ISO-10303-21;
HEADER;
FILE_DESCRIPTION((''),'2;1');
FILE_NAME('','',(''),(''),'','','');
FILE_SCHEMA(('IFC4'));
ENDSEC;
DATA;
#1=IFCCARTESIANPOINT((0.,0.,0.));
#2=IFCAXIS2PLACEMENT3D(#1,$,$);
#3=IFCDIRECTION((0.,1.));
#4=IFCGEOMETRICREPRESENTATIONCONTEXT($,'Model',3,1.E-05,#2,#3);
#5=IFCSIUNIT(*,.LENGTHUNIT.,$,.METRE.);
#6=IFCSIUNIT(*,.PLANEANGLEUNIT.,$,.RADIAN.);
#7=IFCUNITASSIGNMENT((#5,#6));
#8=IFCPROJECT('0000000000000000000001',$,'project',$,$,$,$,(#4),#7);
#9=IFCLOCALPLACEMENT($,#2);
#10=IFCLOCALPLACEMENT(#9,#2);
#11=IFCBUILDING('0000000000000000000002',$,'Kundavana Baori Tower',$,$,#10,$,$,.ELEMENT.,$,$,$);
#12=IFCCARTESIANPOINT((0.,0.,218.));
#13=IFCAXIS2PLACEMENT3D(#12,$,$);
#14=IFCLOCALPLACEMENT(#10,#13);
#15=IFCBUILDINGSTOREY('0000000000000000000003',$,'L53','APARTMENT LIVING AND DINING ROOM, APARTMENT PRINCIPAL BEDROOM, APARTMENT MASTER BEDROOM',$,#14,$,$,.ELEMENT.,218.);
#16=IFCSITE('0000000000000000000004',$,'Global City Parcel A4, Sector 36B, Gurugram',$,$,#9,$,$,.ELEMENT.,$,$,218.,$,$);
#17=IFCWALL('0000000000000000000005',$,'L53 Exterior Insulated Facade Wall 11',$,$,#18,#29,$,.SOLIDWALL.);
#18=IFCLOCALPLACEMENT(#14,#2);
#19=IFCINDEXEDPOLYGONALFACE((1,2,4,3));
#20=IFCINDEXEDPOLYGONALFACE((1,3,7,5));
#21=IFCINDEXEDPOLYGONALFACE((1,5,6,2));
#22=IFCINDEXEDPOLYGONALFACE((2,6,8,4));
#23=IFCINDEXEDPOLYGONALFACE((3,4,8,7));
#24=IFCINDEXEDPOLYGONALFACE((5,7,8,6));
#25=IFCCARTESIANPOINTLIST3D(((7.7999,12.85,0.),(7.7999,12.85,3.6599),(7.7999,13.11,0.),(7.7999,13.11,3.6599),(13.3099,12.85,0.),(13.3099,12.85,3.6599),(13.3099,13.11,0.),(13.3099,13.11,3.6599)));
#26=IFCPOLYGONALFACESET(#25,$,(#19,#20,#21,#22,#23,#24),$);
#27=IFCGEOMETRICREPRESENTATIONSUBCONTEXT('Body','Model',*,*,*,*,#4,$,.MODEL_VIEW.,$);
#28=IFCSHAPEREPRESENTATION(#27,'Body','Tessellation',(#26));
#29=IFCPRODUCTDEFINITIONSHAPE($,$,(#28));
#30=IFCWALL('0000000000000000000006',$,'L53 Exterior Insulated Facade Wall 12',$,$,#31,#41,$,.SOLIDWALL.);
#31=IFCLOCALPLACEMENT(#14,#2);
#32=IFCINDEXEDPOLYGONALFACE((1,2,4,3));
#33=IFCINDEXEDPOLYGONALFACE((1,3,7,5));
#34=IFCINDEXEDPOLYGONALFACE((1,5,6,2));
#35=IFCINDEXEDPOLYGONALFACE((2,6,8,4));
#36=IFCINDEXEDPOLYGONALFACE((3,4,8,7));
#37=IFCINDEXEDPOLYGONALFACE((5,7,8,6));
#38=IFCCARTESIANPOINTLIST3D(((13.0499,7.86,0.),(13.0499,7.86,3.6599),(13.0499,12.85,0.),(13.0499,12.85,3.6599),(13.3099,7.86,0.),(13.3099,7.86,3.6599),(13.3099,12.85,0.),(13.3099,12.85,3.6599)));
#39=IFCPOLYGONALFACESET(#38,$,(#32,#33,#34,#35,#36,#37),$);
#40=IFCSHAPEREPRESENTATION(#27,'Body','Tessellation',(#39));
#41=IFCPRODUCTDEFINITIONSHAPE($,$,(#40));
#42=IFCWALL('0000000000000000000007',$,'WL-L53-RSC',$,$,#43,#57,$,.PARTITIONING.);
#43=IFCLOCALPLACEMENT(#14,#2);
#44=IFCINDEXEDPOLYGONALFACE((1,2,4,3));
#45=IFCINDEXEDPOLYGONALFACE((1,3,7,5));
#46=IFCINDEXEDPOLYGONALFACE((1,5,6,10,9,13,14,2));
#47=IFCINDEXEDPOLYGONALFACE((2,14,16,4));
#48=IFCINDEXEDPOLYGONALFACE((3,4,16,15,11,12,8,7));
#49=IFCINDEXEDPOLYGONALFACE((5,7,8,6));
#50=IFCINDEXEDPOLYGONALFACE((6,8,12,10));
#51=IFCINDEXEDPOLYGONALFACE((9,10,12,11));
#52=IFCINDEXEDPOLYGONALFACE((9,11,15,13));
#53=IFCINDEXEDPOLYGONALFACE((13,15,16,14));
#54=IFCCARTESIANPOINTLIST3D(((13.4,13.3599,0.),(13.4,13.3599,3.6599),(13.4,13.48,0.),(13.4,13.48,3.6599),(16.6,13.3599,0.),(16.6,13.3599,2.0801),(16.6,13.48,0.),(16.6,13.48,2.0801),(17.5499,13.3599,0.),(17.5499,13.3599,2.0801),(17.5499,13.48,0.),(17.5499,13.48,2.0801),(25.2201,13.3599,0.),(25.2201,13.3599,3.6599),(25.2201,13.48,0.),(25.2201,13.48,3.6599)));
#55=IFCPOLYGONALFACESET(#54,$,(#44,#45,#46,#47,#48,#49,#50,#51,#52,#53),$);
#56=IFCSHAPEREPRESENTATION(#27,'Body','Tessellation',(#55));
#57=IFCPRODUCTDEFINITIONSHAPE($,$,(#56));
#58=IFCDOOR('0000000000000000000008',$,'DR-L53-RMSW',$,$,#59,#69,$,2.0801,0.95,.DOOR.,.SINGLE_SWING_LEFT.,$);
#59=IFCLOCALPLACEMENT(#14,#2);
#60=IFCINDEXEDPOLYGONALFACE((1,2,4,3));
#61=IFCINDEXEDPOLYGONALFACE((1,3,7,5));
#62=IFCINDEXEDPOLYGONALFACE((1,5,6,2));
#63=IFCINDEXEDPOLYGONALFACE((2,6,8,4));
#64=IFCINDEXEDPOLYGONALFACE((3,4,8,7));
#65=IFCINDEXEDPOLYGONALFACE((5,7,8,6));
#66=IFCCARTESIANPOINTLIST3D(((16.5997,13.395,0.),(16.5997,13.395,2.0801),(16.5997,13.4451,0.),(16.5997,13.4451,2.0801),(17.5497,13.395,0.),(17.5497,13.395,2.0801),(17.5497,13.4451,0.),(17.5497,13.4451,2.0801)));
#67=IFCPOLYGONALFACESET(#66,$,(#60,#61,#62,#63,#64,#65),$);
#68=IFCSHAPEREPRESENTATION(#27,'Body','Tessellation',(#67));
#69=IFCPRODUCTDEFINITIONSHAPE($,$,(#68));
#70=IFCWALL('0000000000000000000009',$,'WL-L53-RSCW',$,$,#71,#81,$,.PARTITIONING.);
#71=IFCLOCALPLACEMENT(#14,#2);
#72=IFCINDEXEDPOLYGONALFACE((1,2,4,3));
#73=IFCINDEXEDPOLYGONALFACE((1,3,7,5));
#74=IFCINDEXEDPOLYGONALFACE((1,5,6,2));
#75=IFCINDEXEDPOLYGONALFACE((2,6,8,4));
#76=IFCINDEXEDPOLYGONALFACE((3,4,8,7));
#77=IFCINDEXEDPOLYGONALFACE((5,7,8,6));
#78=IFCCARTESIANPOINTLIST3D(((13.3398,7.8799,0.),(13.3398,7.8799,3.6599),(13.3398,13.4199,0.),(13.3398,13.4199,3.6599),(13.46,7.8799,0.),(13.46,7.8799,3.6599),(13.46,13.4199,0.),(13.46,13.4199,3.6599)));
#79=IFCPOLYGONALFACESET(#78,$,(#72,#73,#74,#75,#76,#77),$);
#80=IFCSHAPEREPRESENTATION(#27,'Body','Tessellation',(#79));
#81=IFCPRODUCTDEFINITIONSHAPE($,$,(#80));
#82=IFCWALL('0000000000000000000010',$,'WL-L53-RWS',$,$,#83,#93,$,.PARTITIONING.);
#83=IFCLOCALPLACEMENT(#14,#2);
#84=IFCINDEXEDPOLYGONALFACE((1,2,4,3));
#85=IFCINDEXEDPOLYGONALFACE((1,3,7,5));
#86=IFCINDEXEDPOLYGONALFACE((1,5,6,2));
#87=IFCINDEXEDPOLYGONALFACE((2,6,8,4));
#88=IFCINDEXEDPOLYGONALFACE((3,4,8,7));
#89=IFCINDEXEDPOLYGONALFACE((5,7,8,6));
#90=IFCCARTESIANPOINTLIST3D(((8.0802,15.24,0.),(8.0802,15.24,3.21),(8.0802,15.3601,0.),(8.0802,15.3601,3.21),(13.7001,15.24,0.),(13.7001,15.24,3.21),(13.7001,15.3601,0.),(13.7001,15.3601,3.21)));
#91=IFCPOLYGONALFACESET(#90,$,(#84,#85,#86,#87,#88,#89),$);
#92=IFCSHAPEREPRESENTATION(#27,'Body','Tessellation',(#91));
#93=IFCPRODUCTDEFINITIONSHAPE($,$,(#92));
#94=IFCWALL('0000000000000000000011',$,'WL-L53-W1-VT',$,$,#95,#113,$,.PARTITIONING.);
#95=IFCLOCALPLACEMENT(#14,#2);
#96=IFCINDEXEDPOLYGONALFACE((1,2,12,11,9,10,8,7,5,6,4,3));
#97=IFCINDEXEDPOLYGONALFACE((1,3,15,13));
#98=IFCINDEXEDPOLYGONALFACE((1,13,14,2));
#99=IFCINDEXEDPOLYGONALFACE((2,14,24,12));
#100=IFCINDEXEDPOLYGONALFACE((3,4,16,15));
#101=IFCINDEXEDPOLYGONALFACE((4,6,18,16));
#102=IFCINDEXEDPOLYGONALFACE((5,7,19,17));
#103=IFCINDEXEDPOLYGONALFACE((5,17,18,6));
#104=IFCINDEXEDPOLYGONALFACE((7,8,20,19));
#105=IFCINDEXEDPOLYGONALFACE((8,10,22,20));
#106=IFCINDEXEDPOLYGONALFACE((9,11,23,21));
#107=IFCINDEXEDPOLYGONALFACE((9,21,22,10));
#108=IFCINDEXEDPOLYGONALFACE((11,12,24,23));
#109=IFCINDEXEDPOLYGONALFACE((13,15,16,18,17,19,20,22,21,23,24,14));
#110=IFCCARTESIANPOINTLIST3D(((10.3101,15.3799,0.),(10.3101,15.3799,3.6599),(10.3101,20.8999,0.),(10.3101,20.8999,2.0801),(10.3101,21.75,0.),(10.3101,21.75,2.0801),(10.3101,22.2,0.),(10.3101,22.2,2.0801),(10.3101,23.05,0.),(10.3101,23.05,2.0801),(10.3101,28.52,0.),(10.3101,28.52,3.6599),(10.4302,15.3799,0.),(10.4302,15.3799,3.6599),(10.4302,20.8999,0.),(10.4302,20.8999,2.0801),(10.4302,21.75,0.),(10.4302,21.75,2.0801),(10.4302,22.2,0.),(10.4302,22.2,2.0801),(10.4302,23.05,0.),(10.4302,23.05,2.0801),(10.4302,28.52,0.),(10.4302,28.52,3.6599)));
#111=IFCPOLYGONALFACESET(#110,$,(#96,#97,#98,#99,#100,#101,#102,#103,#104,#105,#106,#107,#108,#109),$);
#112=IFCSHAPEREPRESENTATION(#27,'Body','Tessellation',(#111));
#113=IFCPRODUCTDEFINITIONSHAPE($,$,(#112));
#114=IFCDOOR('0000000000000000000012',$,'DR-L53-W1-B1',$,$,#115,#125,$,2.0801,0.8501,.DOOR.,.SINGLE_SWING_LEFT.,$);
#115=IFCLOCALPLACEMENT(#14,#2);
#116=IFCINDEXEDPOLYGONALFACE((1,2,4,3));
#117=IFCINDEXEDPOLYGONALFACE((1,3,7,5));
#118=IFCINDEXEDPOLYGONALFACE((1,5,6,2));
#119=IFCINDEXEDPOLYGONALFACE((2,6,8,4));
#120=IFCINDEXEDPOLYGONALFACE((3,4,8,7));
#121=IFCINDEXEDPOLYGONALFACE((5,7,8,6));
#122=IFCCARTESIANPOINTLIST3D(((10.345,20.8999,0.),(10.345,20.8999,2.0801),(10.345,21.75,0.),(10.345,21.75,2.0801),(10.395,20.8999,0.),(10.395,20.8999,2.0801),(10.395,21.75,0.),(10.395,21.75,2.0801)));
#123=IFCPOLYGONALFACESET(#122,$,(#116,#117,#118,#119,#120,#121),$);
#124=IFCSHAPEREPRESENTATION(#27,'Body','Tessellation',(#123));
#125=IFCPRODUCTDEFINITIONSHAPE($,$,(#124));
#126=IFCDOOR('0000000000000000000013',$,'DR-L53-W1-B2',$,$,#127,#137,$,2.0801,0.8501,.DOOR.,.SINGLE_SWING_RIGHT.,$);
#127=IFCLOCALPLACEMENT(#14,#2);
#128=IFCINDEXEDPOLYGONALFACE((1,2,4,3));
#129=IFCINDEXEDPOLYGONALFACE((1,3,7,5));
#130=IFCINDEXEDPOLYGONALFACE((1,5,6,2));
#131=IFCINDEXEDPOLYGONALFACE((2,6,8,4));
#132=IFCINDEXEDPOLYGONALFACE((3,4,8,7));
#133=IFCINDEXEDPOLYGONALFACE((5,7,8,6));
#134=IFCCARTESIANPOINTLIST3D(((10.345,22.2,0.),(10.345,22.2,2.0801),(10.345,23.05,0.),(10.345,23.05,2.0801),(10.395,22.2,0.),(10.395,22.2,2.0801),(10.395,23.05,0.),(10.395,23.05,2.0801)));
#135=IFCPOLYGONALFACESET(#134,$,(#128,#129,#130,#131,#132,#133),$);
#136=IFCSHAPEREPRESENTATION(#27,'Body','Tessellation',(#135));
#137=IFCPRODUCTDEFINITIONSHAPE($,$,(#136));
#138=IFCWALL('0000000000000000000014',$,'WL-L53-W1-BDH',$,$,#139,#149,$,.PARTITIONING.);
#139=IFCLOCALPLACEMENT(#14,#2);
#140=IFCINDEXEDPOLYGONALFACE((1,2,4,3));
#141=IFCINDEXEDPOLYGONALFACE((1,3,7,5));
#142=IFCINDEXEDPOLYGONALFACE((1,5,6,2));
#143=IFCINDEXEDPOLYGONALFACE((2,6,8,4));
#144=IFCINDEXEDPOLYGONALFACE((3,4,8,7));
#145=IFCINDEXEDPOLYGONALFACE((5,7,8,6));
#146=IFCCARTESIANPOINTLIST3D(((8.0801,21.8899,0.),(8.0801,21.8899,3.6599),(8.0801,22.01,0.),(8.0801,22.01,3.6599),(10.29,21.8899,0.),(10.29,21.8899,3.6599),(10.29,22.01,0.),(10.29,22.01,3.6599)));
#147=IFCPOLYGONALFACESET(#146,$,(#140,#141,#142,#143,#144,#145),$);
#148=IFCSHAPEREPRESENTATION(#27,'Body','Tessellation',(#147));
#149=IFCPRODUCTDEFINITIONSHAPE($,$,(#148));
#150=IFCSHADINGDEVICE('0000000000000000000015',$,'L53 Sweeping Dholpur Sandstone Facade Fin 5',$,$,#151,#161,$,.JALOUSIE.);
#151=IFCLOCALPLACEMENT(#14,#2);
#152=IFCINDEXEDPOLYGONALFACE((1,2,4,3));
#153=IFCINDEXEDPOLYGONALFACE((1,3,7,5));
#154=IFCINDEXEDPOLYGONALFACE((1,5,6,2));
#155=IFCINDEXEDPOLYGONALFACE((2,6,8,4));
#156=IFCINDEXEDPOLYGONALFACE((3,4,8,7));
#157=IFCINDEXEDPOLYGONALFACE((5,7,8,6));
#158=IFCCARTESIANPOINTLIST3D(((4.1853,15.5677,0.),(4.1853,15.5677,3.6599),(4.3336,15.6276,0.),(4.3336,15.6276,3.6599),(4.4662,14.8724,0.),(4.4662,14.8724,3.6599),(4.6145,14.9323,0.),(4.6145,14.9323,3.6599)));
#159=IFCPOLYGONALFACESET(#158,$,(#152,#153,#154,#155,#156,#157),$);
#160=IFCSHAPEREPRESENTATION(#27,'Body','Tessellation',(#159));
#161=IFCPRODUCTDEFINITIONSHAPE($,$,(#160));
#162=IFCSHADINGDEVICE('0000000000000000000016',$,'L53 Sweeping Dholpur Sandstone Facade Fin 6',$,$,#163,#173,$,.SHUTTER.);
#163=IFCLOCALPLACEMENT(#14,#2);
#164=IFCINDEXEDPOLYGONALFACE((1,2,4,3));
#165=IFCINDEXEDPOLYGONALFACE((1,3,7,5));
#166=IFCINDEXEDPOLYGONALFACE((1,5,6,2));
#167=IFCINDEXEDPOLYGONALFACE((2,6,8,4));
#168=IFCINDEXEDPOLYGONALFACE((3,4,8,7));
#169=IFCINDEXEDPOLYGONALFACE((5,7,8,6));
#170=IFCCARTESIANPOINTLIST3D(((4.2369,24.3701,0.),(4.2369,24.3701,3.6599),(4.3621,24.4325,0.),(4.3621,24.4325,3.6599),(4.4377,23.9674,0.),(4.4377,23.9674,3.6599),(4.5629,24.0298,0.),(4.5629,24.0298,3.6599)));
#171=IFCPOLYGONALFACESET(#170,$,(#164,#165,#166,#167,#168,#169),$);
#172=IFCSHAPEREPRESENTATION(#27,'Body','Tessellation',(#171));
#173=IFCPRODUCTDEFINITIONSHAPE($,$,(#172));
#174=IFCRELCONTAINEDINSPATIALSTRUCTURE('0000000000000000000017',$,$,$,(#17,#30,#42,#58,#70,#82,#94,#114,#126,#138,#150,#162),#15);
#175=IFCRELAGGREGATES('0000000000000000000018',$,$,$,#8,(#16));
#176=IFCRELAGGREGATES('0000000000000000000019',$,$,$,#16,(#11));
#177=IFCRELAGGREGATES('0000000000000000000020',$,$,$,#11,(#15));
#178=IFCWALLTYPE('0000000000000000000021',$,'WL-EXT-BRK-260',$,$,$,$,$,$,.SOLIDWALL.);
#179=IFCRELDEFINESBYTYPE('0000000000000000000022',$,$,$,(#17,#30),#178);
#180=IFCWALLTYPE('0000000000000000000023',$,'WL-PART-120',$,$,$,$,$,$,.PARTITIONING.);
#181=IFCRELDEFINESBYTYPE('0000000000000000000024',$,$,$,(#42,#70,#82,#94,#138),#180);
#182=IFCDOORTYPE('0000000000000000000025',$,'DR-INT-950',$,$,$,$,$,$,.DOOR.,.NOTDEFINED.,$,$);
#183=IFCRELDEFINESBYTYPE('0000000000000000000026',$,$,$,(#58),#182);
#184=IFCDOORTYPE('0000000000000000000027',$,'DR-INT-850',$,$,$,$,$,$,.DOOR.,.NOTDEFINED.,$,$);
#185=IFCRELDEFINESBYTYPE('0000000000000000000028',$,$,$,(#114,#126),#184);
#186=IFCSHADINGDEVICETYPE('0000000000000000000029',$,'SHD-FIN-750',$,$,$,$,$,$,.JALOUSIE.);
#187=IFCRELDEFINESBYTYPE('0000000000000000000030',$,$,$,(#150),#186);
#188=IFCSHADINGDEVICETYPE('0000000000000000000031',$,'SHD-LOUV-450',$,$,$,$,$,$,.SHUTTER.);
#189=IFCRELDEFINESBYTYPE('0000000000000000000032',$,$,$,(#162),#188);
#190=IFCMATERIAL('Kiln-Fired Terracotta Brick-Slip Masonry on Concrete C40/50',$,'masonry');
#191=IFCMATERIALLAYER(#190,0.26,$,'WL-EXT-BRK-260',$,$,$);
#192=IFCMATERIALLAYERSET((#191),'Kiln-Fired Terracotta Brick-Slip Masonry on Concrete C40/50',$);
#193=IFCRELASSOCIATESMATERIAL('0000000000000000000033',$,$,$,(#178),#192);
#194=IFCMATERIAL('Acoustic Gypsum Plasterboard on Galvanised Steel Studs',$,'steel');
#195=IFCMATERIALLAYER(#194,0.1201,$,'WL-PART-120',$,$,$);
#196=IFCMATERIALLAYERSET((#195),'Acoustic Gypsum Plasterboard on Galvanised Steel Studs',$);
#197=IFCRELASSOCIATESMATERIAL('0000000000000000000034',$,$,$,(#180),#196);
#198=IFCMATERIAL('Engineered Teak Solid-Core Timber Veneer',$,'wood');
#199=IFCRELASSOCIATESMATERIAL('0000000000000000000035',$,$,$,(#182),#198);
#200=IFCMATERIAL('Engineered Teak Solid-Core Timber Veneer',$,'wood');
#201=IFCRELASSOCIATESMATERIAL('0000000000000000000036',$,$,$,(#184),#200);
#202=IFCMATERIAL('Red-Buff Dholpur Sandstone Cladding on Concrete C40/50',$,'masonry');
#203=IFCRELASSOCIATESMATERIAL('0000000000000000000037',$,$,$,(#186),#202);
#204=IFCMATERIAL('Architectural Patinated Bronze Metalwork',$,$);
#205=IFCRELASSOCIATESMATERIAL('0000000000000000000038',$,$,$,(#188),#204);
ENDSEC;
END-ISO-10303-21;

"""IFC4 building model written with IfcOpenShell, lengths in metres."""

from ifc_helpers import new_model, si_unit, direction, frame, frame_2d, origin, origin_2d, place, context, subcontext, project, spatial, rectangle, extrude, material, layer, layer_set, type_object, element, fill, save


model = new_model("IFC4")

# Units and contexts
model_context = context("Model", 3, precision=1e-05, world=origin(), true_north=direction((0.0, 1.0)))
body_context = subcontext(model_context, "Body", "Model", "MODEL_VIEW")
ifc_project = project(units=[si_unit("LENGTHUNIT", "METRE"), si_unit("PLANEANGLEUNIT", "RADIAN")], contexts=[model_context])

# Site, building, storey
site_placement = place(None, origin())
site = spatial("IfcSite", under=ifc_project, at=site_placement, Name="Global City Parcel A4, Sector 36B, Gurugram", CompositionType="ELEMENT", RefElevation=218.0)
building_placement = place(site_placement, origin())
building = spatial("IfcBuilding", under=site, at=building_placement, Name="Kundavana Baori Tower", CompositionType="ELEMENT")
storey_placement = place(building_placement, frame((0.0, 0.0, 218.0)))
storey = spatial("IfcBuildingStorey", under=building, at=storey_placement, Name="L53", Description="APARTMENT LIVING AND DINING ROOM, APARTMENT PRINCIPAL BEDROOM, APARTMENT MASTER BEDROOM", CompositionType="ELEMENT", Elevation=218.0)

# Shared definitions
ifc_material_1 = material(Name="Kiln-Fired Terracotta Brick-Slip Masonry on Concrete C40/50", Category="masonry")
ifc_layer_1 = layer(ifc_material_1, 0.26, Name="WL-EXT-BRK-260")
ifc_layer_set_1 = layer_set([ifc_layer_1], Name="Kiln-Fired Terracotta Brick-Slip Masonry on Concrete C40/50")
wall_type_1 = type_object("IfcWallType", Name="WL-EXT-BRK-260", PredefinedType="SOLIDWALL", material=ifc_layer_set_1)

# Walls
wall_1_placement = place(storey_placement, frame((7.8, 12.98, 0.0), z_axis=(0.0, 0.0, 1.0), x_axis=(1.0, 0.0, 0.0)))
element("IfcWall", 1, at=wall_1_placement, inside=storey, type_object=wall_type_1, Name="L53 Exterior Insulated Facade Wall 11", PredefinedType="SOLIDWALL", context=body_context, shape_type="SweptSolid", body=[
    extrude(rectangle(XDim=5.51, YDim=0.26, at=frame_2d((2.7549, 0.0))), origin(), (0.0, 0.0, 1.0), 3.6599),
])
wall_2_placement = place(storey_placement, frame((13.1799, 12.8501, 0.0), z_axis=(0.0, 0.0, 1.0), x_axis=(0.0, -1.0, 0.0)))
element("IfcWall", 2, at=wall_2_placement, inside=storey, type_object=wall_type_1, Name="L53 Exterior Insulated Facade Wall 12", PredefinedType="SOLIDWALL", context=body_context, shape_type="SweptSolid", body=[
    extrude(rectangle(XDim=4.99, YDim=0.26, at=frame_2d((2.4951, 0.0))), origin(), (0.0, 0.0, 1.0), 3.6599),
])

# Wall, opening, door
ifc_material_2 = material(Name="Acoustic Gypsum Plasterboard on Galvanised Steel Studs", Category="steel")
ifc_layer_2 = layer(ifc_material_2, 0.1201, Name="WL-PART-120")
ifc_layer_set_2 = layer_set([ifc_layer_2], Name="Acoustic Gypsum Plasterboard on Galvanised Steel Studs")
wall_type_2 = type_object("IfcWallType", Name="WL-PART-120", PredefinedType="PARTITIONING", material=ifc_layer_set_2)
wall_3_placement = place(storey_placement, frame((13.3999, 13.4199, 0.0), z_axis=(0.0, 0.0, 1.0), x_axis=(1.0, 0.0, 0.0)))
wall_3 = element("IfcWall", 3, at=wall_3_placement, inside=storey, type_object=wall_type_2, Name="WL-L53-RSC", PredefinedType="PARTITIONING", context=body_context, shape_type="SweptSolid", body=[
    extrude(rectangle(XDim=11.8201, YDim=0.1201, at=frame_2d((5.9102, 0.0))), origin(), (0.0, 0.0, 1.0), 3.6599),
])
opening_1_placement = place(wall_3_placement, frame((3.2, 0.0, 0.0)))
opening_1 = element("IfcOpeningElement", 4, at=opening_1_placement, cuts=wall_3, PredefinedType="OPENING", context=body_context, shape_type="SweptSolid", body=[
    extrude(rectangle(XDim=0.95, YDim=2.0801, at=frame_2d((0.4751, 1.04))), frame((0.0, 0.0701, 0.0), z_axis=(0.0, -1.0, 0.0), x_axis=(1.0, 0.0, 0.0)), (0.0, 0.0, 1.0), 0.1401),
])
ifc_material_3 = material(Name="Engineered Teak Solid-Core Timber Veneer", Category="wood")
door_type_1 = type_object("IfcDoorType", Name="DR-INT-950", OperationType="NOTDEFINED", PredefinedType="DOOR", material=ifc_material_3)
door_1_placement = place(opening_1_placement, frame((0.95, 0.0, 0.0), z_axis=(0.0, 0.0, 1.0), x_axis=(-1.0, 0.0, 0.0)))
door_1 = element("IfcDoor", 5, at=door_1_placement, inside=storey, type_object=door_type_1, Name="DR-L53-RMSW", OperationType="SINGLE_SWING_LEFT", OverallHeight=2.0801, OverallWidth=0.95, PredefinedType="DOOR", context=body_context, shape_type="SweptSolid", body=[
    extrude(rectangle(XDim=0.95, YDim=2.0801, at=frame_2d((0.4751, 1.04))), frame((0.0, 0.0249, 0.0), z_axis=(0.0, -1.0, 0.0), x_axis=(1.0, 0.0, 0.0)), (0.0, 0.0, 1.0), 0.05),
])
fill(opening_1, door_1)

# Walls
wall_4_placement = place(storey_placement, frame((13.3999, 7.8799, 0.0), z_axis=(0.0, 0.0, 1.0), x_axis=(0.0, 1.0, 0.0)))
element("IfcWall", 6, at=wall_4_placement, inside=storey, type_object=wall_type_2, Name="WL-L53-RSCW", PredefinedType="PARTITIONING", context=body_context, shape_type="SweptSolid", body=[
    extrude(rectangle(XDim=5.54, YDim=0.1201, at=frame_2d((2.77, 0.0))), origin(), (0.0, 0.0, 1.0), 3.6599),
])
wall_5_placement = place(storey_placement, frame((8.0801, 15.3, 0.0), z_axis=(0.0, 0.0, 1.0), x_axis=(1.0, 0.0, 0.0)))
element("IfcWall", 7, at=wall_5_placement, inside=storey, type_object=wall_type_2, Name="WL-L53-RWS", PredefinedType="PARTITIONING", context=body_context, shape_type="SweptSolid", body=[
    extrude(rectangle(XDim=5.6199, YDim=0.1201, at=frame_2d((2.8101, 0.0))), origin(), (0.0, 0.0, 1.0), 3.21),
])

# Wall, openings, doors
wall_6_placement = place(storey_placement, frame((10.3701, 15.3799, 0.0), z_axis=(0.0, 0.0, 1.0), x_axis=(0.0, 1.0, 0.0)))
wall_6 = element("IfcWall", 8, at=wall_6_placement, inside=storey, type_object=wall_type_2, Name="WL-L53-W1-VT", PredefinedType="PARTITIONING", context=body_context, shape_type="SweptSolid", body=[
    extrude(rectangle(XDim=13.1401, YDim=0.1201, at=frame_2d((6.5701, 0.0))), origin(), (0.0, 0.0, 1.0), 3.6599),
])
opening_2_placement = place(wall_6_placement, frame((5.52, 0.0, 0.0)))
opening_2 = element("IfcOpeningElement", 9, at=opening_2_placement, cuts=wall_6, PredefinedType="OPENING", context=body_context, shape_type="SweptSolid", body=[
    extrude(rectangle(XDim=0.8501, YDim=2.0801, at=frame_2d((0.425, 1.04))), frame((0.0, 0.0701, 0.0), z_axis=(0.0, -1.0, 0.0), x_axis=(1.0, 0.0, 0.0)), (0.0, 0.0, 1.0), 0.1401),
])
opening_3_placement = place(wall_6_placement, frame((6.8201, 0.0, 0.0)))
opening_3 = element("IfcOpeningElement", 10, at=opening_3_placement, cuts=wall_6, PredefinedType="OPENING", context=body_context, shape_type="SweptSolid", body=[
    extrude(rectangle(XDim=0.8501, YDim=2.0801, at=frame_2d((0.425, 1.04))), frame((0.0, 0.0701, 0.0), z_axis=(0.0, -1.0, 0.0), x_axis=(1.0, 0.0, 0.0)), (0.0, 0.0, 1.0), 0.1401),
])
ifc_material_4 = material(Name="Engineered Teak Solid-Core Timber Veneer", Category="wood")
door_type_2 = type_object("IfcDoorType", Name="DR-INT-850", OperationType="NOTDEFINED", PredefinedType="DOOR", material=ifc_material_4)
door_2_placement = place(opening_2_placement, frame((0.8501, 0.0, 0.0), z_axis=(0.0, 0.0, 1.0), x_axis=(-1.0, 0.0, 0.0)))
door_2 = element("IfcDoor", 11, at=door_2_placement, inside=storey, type_object=door_type_2, Name="DR-L53-W1-B1", OperationType="SINGLE_SWING_LEFT", OverallHeight=2.0801, OverallWidth=0.8501, PredefinedType="DOOR", context=body_context, shape_type="SweptSolid", body=[
    extrude(rectangle(XDim=0.8501, YDim=2.0801, at=frame_2d((0.425, 1.04))), frame((0.0, 0.0249, 0.0), z_axis=(0.0, -1.0, 0.0), x_axis=(1.0, 0.0, 0.0)), (0.0, 0.0, 1.0), 0.05),
])
fill(opening_2, door_2)
door_3_placement = place(opening_3_placement, frame((0.8501, 0.0, 0.0), z_axis=(0.0, 0.0, 1.0), x_axis=(-1.0, 0.0, 0.0)))
door_3 = element("IfcDoor", 12, at=door_3_placement, inside=storey, type_object=door_type_2, Name="DR-L53-W1-B2", OperationType="SINGLE_SWING_RIGHT", OverallHeight=2.0801, OverallWidth=0.8501, PredefinedType="DOOR", context=body_context, shape_type="SweptSolid", body=[
    extrude(rectangle(XDim=0.8501, YDim=2.0801, at=frame_2d((0.425, 1.04))), frame((0.0, 0.0249, 0.0), z_axis=(0.0, -1.0, 0.0), x_axis=(1.0, 0.0, 0.0)), (0.0, 0.0, 1.0), 0.05),
])
fill(opening_3, door_3)

# Wall
wall_7_placement = place(storey_placement, frame((8.0801, 21.95, 0.0), z_axis=(0.0, 0.0, 1.0), x_axis=(1.0, 0.0, 0.0)))
element("IfcWall", 13, at=wall_7_placement, inside=storey, type_object=wall_type_2, Name="WL-L53-W1-BDH", PredefinedType="PARTITIONING", context=body_context, shape_type="SweptSolid", body=[
    extrude(rectangle(XDim=2.21, YDim=0.1201, at=frame_2d((1.105, 0.0))), origin(), (0.0, 0.0, 1.0), 3.6599),
])

# Shading devices
ifc_material_5 = material(Name="Red-Buff Dholpur Sandstone Cladding on Concrete C40/50", Category="masonry")
shading_device_type_1 = type_object("IfcShadingDeviceType", Name="SHD-FIN-750", PredefinedType="JALOUSIE", material=ifc_material_5)
shading_device_1_placement = place(storey_placement, frame((4.3999, 15.25, 0.0), z_axis=(0.0, 0.0, 1.0), x_axis=(0.927184, 0.374607, 0.0)))
element("IfcShadingDevice", 14, at=shading_device_1_placement, inside=storey, type_object=shading_device_type_1, Name="L53 Sweeping Dholpur Sandstone Facade Fin 5", PredefinedType="JALOUSIE", context=body_context, shape_type="SweptSolid", body=[
    extrude(rectangle(XDim=0.1599, YDim=0.75, at=origin_2d()), origin(), (0.0, 0.0, 1.0), 3.6599),
])
ifc_material_6 = material(Name="Architectural Patinated Bronze Metalwork")
shading_device_type_2 = type_object("IfcShadingDeviceType", Name="SHD-LOUV-450", PredefinedType="SHUTTER", material=ifc_material_6)
shading_device_2_placement = place(storey_placement, frame((4.3999, 24.2, 0.0), z_axis=(0.0, 0.0, 1.0), x_axis=(0.894934, 0.446198, 0.0)))
element("IfcShadingDevice", 15, at=shading_device_2_placement, inside=storey, type_object=shading_device_type_2, Name="L53 Sweeping Dholpur Sandstone Facade Fin 6", PredefinedType="SHUTTER", context=body_context, shape_type="SweptSolid", body=[
    extrude(rectangle(XDim=0.1399, YDim=0.45, at=origin_2d()), origin(), (0.0, 0.0, 1.0), 3.6599),
])

save(model, "model.ifc")
